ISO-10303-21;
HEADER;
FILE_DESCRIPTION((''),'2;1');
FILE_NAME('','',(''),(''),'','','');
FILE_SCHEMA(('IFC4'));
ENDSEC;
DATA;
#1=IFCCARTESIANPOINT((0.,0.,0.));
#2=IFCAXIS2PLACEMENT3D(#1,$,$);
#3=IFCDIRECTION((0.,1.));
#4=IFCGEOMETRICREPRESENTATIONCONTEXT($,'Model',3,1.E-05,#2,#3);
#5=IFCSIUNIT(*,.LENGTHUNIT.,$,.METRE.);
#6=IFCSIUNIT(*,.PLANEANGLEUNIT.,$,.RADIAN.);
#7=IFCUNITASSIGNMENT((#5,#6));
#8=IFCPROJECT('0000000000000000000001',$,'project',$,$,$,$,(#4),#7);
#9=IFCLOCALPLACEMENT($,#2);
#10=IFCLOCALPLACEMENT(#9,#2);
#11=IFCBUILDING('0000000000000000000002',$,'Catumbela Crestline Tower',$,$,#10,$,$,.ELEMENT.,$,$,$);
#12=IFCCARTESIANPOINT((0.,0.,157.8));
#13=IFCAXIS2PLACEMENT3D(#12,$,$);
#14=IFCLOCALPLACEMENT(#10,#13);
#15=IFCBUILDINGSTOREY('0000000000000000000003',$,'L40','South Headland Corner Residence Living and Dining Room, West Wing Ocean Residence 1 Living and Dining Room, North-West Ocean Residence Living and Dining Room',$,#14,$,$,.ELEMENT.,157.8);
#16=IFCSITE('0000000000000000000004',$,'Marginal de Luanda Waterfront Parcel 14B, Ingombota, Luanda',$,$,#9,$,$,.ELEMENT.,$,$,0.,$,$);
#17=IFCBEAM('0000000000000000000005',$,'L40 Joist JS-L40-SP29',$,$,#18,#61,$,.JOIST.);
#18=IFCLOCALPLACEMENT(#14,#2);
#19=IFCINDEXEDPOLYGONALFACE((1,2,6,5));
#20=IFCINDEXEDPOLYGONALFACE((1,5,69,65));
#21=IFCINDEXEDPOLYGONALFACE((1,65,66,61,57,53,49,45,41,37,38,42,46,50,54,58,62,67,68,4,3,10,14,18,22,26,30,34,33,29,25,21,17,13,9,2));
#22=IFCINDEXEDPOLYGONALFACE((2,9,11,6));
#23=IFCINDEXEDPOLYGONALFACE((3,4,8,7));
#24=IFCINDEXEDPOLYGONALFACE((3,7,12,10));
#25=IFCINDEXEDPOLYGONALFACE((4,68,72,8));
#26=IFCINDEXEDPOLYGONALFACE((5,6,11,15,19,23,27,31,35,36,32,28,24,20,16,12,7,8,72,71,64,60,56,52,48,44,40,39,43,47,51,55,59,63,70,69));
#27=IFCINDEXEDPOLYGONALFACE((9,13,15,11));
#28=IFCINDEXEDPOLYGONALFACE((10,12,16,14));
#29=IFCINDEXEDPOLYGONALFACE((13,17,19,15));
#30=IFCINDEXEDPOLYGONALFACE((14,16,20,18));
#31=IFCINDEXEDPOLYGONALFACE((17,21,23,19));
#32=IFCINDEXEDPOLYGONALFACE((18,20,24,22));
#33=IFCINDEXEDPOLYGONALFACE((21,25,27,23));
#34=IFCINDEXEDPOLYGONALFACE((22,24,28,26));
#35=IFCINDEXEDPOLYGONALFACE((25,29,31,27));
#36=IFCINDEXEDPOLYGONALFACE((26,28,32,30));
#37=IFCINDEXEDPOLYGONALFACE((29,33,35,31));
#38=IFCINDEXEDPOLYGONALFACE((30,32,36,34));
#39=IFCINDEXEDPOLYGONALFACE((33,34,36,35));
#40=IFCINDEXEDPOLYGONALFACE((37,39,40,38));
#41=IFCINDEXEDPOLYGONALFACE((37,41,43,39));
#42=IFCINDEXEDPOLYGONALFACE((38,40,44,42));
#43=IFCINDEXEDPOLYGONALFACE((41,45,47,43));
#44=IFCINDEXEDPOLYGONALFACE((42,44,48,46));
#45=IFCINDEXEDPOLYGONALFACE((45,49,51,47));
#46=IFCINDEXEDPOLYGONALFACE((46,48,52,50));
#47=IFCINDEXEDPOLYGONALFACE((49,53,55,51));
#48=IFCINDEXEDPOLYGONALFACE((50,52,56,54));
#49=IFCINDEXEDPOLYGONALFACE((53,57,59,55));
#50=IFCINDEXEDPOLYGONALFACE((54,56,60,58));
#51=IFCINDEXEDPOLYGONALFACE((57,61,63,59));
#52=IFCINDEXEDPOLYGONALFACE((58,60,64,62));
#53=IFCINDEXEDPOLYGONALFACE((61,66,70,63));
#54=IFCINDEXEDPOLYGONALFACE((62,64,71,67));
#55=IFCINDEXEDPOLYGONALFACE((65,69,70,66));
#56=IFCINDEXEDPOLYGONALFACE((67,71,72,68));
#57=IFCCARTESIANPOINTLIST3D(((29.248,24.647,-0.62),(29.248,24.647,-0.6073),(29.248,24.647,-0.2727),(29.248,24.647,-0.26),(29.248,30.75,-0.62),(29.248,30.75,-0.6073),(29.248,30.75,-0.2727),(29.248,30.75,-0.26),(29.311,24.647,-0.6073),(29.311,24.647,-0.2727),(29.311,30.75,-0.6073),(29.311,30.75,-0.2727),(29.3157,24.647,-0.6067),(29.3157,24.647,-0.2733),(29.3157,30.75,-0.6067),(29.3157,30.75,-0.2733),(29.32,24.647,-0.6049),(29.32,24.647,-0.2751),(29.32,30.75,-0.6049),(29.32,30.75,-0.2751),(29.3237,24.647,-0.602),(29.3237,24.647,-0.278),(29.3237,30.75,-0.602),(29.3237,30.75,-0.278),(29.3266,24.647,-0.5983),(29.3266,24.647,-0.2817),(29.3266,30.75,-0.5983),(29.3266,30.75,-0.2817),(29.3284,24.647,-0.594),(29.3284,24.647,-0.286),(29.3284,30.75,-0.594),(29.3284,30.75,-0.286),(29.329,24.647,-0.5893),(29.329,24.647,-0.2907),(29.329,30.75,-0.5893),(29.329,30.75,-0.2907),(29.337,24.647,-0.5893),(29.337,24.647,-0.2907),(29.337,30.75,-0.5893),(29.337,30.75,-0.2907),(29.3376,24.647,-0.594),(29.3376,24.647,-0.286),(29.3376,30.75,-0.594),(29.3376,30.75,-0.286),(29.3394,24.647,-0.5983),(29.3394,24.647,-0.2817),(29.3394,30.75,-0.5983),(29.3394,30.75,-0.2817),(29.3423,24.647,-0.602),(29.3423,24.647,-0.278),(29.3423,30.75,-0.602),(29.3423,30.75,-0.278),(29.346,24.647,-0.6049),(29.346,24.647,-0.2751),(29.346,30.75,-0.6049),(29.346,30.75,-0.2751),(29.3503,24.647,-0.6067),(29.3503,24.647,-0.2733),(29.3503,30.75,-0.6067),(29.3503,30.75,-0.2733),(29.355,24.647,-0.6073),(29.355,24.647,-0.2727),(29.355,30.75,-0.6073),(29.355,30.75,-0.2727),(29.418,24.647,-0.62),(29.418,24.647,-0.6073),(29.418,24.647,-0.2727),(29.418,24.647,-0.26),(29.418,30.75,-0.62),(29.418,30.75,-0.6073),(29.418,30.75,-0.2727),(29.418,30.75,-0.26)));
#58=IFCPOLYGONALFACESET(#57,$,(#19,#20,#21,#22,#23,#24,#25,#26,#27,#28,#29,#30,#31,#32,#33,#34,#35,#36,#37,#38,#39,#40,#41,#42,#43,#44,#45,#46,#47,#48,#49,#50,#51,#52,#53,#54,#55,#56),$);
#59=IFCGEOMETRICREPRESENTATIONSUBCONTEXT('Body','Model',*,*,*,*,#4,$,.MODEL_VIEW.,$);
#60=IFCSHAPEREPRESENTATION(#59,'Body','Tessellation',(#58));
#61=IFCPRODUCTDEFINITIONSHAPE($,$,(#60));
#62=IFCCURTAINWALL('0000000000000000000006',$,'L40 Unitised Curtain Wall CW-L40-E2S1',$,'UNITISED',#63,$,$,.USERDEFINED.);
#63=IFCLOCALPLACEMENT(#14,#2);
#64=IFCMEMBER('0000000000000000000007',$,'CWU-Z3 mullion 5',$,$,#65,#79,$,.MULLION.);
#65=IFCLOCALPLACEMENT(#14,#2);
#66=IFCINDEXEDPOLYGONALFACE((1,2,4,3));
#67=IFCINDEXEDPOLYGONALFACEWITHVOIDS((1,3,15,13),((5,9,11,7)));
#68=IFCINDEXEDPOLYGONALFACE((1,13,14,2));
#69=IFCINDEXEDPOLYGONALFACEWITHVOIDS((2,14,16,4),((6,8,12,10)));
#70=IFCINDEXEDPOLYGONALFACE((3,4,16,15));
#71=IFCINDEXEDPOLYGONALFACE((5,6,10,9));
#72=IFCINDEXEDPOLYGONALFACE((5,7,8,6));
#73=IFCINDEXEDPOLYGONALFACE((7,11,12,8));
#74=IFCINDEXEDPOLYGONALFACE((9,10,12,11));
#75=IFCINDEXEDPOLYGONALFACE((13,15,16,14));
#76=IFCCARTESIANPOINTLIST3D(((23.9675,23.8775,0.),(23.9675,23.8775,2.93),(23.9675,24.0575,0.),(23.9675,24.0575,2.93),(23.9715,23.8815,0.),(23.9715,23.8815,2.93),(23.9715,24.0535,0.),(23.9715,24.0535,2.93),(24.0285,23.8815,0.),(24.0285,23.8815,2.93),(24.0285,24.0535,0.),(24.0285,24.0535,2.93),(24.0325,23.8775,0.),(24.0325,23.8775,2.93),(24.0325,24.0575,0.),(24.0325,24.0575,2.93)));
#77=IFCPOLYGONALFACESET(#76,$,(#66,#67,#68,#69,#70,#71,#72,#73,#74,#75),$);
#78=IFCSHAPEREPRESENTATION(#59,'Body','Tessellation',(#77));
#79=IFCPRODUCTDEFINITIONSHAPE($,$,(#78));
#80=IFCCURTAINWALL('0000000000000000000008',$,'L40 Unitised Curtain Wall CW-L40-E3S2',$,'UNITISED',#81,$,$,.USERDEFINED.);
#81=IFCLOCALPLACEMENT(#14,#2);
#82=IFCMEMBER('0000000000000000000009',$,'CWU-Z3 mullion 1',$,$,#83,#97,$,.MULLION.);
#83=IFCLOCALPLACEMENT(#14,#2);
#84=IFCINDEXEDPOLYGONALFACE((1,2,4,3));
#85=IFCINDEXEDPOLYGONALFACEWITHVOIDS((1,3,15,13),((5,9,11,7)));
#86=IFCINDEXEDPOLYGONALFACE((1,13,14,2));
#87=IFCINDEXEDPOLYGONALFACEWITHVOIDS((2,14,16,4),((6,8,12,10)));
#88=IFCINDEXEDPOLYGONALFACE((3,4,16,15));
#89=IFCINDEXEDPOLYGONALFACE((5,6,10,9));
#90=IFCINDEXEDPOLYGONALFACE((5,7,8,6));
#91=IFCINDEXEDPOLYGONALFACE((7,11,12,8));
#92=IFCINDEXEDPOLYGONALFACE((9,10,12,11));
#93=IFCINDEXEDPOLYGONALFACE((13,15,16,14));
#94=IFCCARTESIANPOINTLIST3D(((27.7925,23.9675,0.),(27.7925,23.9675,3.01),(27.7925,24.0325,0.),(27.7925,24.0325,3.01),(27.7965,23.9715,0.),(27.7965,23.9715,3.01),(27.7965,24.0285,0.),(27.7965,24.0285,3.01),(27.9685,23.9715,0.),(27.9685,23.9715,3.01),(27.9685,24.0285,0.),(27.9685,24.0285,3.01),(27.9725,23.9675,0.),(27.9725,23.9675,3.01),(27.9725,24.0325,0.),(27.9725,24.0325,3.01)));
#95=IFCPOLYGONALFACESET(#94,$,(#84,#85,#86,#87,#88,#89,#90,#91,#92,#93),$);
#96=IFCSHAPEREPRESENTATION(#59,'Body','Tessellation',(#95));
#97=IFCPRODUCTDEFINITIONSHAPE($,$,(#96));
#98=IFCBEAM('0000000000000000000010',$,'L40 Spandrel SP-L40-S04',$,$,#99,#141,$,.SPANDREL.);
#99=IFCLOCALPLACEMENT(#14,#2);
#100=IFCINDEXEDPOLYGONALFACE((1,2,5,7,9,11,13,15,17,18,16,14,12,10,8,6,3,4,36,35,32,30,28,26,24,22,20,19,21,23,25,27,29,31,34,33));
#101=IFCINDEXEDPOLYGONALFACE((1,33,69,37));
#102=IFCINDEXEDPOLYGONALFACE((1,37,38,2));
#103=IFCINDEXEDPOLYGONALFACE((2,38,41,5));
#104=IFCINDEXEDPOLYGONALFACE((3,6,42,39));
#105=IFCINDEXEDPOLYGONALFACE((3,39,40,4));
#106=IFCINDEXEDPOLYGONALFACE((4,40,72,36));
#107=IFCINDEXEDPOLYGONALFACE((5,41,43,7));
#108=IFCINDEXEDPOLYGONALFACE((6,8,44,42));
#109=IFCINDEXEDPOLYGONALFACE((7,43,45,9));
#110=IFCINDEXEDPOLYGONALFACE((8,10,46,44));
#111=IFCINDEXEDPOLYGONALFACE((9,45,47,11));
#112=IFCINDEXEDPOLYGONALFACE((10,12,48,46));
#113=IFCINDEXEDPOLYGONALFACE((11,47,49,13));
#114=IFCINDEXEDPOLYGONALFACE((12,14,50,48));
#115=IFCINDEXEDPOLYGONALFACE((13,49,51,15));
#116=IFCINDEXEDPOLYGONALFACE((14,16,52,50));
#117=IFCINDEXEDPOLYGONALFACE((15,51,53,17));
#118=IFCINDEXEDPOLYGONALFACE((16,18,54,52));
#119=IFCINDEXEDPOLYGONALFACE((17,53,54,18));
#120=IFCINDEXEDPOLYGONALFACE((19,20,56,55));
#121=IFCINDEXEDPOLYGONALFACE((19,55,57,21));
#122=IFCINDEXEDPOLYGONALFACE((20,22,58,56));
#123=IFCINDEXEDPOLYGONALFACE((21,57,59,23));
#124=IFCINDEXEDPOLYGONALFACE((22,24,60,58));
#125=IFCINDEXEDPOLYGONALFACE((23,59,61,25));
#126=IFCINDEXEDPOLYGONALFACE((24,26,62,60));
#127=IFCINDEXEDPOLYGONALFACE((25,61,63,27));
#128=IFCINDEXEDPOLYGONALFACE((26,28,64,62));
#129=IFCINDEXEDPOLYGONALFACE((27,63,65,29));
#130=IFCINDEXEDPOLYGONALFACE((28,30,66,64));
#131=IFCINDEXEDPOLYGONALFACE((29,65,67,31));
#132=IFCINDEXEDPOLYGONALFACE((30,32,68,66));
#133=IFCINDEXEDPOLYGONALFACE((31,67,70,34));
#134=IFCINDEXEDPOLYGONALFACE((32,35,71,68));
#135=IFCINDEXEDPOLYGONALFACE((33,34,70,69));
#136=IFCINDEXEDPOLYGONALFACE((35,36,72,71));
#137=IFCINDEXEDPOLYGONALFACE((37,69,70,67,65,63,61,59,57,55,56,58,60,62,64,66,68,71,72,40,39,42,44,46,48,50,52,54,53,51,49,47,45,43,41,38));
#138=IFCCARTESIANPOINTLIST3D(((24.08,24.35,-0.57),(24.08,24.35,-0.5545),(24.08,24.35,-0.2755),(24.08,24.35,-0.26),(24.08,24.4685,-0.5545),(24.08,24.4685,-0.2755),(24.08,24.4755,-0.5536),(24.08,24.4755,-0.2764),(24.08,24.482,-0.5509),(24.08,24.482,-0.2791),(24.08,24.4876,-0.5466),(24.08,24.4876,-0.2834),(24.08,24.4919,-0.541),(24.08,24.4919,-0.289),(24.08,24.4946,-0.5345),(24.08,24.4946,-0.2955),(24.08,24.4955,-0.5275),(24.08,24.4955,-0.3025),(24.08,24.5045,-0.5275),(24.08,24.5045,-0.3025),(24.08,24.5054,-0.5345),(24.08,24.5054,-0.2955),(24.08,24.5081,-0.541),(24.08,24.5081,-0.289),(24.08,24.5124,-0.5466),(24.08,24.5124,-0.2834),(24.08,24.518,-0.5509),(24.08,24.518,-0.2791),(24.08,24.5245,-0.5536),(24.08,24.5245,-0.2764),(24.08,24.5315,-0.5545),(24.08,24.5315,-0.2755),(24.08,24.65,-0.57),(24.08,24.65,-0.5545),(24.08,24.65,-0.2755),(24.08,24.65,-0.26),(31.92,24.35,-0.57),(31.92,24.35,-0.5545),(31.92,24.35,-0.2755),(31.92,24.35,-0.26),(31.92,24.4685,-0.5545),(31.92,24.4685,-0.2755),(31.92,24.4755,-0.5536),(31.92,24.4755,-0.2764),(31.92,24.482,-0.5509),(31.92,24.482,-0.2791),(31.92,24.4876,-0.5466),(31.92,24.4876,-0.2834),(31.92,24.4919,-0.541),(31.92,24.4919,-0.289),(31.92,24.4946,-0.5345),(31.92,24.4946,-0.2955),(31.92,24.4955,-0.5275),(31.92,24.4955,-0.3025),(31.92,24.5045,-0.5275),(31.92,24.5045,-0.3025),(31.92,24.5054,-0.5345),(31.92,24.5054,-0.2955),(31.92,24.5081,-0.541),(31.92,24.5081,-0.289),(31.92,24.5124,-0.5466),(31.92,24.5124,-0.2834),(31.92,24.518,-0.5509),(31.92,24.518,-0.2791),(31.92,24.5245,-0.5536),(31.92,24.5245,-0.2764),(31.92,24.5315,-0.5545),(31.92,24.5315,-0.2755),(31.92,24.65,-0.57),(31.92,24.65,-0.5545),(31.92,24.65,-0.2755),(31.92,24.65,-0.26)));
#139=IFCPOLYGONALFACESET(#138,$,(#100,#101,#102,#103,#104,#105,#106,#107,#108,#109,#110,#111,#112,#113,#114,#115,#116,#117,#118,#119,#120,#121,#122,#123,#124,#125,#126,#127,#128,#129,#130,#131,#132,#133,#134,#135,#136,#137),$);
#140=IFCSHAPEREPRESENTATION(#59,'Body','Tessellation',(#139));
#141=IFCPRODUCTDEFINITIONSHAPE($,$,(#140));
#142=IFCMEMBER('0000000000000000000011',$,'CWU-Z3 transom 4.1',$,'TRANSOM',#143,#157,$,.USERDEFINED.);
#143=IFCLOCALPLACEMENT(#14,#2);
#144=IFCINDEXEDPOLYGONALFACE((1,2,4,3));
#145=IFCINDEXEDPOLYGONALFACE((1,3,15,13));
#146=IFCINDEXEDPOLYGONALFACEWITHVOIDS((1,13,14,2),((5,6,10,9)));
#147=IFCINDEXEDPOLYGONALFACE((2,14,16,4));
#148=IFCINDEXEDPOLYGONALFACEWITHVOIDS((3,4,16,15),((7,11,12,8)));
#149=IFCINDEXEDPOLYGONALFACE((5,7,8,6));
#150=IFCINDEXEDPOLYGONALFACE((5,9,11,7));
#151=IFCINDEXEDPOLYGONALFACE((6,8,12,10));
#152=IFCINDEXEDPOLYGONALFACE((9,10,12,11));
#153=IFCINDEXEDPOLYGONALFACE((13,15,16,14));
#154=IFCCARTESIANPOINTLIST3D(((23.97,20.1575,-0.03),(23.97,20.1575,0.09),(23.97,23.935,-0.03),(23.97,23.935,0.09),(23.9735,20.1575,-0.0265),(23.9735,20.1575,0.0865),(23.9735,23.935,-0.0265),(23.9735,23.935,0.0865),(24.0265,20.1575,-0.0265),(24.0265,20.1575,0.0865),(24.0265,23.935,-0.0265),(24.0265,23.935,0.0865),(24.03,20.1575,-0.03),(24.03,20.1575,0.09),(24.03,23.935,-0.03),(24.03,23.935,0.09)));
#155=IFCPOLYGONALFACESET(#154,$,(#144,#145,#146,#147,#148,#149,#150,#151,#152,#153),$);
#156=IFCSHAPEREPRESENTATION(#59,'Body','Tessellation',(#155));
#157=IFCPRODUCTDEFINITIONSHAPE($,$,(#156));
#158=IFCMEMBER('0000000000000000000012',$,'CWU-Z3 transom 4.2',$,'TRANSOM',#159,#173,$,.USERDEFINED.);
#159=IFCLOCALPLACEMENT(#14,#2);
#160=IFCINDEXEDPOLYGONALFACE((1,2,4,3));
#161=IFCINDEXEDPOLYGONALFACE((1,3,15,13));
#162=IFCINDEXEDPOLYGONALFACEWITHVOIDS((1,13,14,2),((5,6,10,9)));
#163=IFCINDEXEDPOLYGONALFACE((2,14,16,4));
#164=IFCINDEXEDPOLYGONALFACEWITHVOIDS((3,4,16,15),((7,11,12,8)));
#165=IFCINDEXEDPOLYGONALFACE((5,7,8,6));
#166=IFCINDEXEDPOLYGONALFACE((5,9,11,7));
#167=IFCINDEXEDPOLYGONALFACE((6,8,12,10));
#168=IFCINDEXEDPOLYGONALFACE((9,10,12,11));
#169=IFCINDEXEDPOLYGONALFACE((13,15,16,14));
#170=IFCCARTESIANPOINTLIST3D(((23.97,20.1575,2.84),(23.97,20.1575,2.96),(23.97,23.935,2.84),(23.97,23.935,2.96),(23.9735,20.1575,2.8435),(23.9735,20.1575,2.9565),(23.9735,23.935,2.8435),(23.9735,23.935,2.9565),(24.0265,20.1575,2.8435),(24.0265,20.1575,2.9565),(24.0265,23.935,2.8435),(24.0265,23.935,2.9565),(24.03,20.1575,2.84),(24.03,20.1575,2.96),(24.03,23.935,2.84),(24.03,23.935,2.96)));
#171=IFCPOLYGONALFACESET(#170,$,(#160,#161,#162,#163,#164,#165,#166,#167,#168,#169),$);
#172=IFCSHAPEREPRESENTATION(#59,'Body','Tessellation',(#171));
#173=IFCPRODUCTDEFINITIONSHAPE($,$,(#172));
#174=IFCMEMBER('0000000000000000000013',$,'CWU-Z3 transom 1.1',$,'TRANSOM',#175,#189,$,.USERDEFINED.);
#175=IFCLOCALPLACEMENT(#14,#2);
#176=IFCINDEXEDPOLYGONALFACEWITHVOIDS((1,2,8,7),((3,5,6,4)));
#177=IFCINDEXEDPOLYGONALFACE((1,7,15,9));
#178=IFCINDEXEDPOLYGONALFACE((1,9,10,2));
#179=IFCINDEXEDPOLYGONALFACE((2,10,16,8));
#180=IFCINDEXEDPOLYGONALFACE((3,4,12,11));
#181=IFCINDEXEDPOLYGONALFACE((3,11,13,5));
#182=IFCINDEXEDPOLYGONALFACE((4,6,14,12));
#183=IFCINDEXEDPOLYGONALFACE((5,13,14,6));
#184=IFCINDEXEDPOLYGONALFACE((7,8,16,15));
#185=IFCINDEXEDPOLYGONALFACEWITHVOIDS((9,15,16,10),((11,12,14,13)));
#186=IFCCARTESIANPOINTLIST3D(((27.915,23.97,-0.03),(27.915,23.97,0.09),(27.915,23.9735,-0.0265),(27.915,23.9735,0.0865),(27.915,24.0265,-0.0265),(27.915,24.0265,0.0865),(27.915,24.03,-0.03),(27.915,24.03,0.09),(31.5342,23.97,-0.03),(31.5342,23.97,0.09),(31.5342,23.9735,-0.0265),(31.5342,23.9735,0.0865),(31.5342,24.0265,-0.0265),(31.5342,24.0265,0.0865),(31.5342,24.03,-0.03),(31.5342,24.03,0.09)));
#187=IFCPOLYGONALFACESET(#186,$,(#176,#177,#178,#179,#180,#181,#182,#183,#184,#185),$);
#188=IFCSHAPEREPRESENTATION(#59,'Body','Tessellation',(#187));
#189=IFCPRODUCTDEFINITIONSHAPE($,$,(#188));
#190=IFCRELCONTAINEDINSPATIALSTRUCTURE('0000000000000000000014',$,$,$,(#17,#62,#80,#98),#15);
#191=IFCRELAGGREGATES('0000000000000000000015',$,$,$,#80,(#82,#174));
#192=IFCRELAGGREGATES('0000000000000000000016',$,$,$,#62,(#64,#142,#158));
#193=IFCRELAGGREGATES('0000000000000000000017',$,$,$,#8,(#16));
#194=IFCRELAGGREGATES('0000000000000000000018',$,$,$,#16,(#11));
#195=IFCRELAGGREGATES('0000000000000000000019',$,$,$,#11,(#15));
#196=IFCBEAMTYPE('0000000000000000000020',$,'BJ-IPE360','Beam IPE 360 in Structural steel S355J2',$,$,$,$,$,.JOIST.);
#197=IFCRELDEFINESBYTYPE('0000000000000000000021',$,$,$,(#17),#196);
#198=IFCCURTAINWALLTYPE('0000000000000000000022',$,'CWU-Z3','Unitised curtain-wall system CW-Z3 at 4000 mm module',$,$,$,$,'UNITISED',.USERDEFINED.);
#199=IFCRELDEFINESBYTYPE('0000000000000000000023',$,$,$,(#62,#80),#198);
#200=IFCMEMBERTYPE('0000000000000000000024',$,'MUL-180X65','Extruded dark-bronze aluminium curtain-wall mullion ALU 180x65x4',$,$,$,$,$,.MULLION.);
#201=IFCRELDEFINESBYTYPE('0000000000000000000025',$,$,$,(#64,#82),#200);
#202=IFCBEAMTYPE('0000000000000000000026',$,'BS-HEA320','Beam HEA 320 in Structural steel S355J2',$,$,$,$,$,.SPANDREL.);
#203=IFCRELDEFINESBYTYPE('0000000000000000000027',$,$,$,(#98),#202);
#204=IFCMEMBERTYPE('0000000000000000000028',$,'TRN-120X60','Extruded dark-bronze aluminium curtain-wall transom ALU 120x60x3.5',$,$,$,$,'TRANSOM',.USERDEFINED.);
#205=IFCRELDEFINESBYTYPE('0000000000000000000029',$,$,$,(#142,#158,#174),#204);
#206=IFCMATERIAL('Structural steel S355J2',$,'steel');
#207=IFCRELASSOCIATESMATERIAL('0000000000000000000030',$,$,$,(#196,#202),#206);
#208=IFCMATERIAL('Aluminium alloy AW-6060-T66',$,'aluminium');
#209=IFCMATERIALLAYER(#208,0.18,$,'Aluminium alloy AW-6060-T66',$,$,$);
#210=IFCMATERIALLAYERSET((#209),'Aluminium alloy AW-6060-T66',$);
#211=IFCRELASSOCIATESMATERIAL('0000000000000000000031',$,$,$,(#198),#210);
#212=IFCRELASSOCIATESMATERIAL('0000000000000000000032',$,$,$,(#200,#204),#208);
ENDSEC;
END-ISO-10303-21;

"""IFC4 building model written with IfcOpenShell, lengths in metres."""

from ifc_helpers import new_model, si_unit, direction, frame, origin, origin_2d, place, context, subcontext, project, spatial, hollow_rectangle, i_section, extrude, material, layer, layer_set, material_profile, profile_set, type_object, element, aggregate, save


model = new_model("IFC4")

# Units and contexts
model_context = context("Model", 3, precision=1e-05, world=origin(), true_north=direction((0.0, 1.0)))
body_context = subcontext(model_context, "Body", "Model", "MODEL_VIEW")
ifc_project = project(units=[si_unit("LENGTHUNIT", "METRE"), si_unit("PLANEANGLEUNIT", "RADIAN")], contexts=[model_context])

# Site, building, storey
site_placement = place(None, origin())
site = spatial("IfcSite", under=ifc_project, at=site_placement, Name="Marginal de Luanda Waterfront Parcel 14B, Ingombota, Luanda", CompositionType="ELEMENT", RefElevation=0.0)
building_placement = place(site_placement, origin())
building = spatial("IfcBuilding", under=site, at=building_placement, Name="Catumbela Crestline Tower", CompositionType="ELEMENT")
storey_placement = place(building_placement, frame((0.0, 0.0, 157.8)))
storey = spatial("IfcBuildingStorey", under=building, at=storey_placement, Name="L40", Description="South Headland Corner Residence Living and Dining Room, West Wing Ocean Residence 1 Living and Dining Room, North-West Ocean Residence Living and Dining Room", CompositionType="ELEMENT", Elevation=157.8)

# Beam
ifc_material_1 = material(Name="Structural steel S355J2", Category="steel")
ifc_material_profile_1 = material_profile(ifc_material_1, i_section(OverallWidth=0.17, OverallDepth=0.36, WebThickness=0.008, FlangeThickness=0.0127, FilletRadius=0.018, at=origin_2d()), Name="IPE 360")
ifc_profile_set_1 = profile_set([ifc_material_profile_1], Name="Structural steel S355J2")
beam_type_1 = type_object("IfcBeamType", Name="BJ-IPE360", Description="Beam IPE 360 in Structural steel S355J2", PredefinedType="JOIST", material=ifc_profile_set_1)
for number, where, z_axis, x_axis, name in (
    (1, (29.333, 24.647, -0.44), (0.0, 1.0, 0.0), (-1.0, 0.0, 0.0), "L40 Joist JS-L40-SP29"),
):
    element("IfcBeam", number, at=place(storey_placement, frame(where, z_axis=z_axis, x_axis=x_axis)), inside=storey, type_object=beam_type_1, Name=name, PredefinedType="JOIST", context=body_context, shape_type="SweptSolid", body=[
        extrude(i_section(OverallWidth=0.17, OverallDepth=0.36, WebThickness=0.008, FlangeThickness=0.0127, FilletRadius=0.018, at=origin_2d()), origin(), (0.0, 0.0, 1.0), 6.103),
    ])

# Curtain walls, members
ifc_material_2 = material(Name="Aluminium alloy AW-6060-T66", Category="aluminium")
ifc_layer_1 = layer(ifc_material_2, 0.18, Name="Aluminium alloy AW-6060-T66")
ifc_layer_set_1 = layer_set([ifc_layer_1], Name="Aluminium alloy AW-6060-T66")
curtain_wall_type = type_object("IfcCurtainWallType", Name="CWU-Z3", Description="Unitised curtain-wall system CW-Z3 at 4000 mm module", ElementType="UNITISED", PredefinedType="USERDEFINED", material=ifc_layer_set_1)
curtain_wall_1_placement = place(storey_placement, origin())
curtain_wall_1 = element("IfcCurtainWall", 2, at=curtain_wall_1_placement, inside=storey, type_object=curtain_wall_type, Name="L40 Unitised Curtain Wall CW-L40-E2S1", ObjectType="UNITISED", PredefinedType="USERDEFINED")
ifc_material_profile_2 = material_profile(ifc_material_2, hollow_rectangle(XDim=0.065, YDim=0.18, WallThickness=0.004, at=origin_2d()), Name="ALU 180x65x4")
ifc_profile_set_2 = profile_set([ifc_material_profile_2], Name="Aluminium alloy AW-6060-T66")
member_type_1 = type_object("IfcMemberType", Name="MUL-180X65", Description="Extruded dark-bronze aluminium curtain-wall mullion ALU 180x65x4", PredefinedType="MULLION", material=ifc_profile_set_2)
member_1_placement = place(storey_placement, frame((24.0, 23.9675, 0.0), z_axis=(0.0, 0.0, 1.0), x_axis=(-1.0, 0.0, 0.0)))
member_1 = element("IfcMember", 3, at=member_1_placement, type_object=member_type_1, Name="CWU-Z3 mullion 5", PredefinedType="MULLION", context=body_context, shape_type="SweptSolid", body=[
    extrude(hollow_rectangle(XDim=0.065, YDim=0.18, WallThickness=0.004, at=origin_2d()), origin(), (0.0, 0.0, 1.0), 2.93),
])
curtain_wall_2_placement = place(storey_placement, origin())
curtain_wall_2 = element("IfcCurtainWall", 4, at=curtain_wall_2_placement, inside=storey, type_object=curtain_wall_type, Name="L40 Unitised Curtain Wall CW-L40-E3S2", ObjectType="UNITISED", PredefinedType="USERDEFINED")
member_2_placement = place(storey_placement, frame((27.8825, 24.0, 0.0), z_axis=(0.0, 0.0, 1.0), x_axis=(0.0, 1.0, 0.0)))
member_2 = element("IfcMember", 5, at=member_2_placement, type_object=member_type_1, Name="CWU-Z3 mullion 1", PredefinedType="MULLION", context=body_context, shape_type="SweptSolid", body=[
    extrude(hollow_rectangle(XDim=0.065, YDim=0.18, WallThickness=0.004, at=origin_2d()), origin(), (0.0, 0.0, 1.0), 3.01),
])

# Beam
ifc_material_profile_3 = material_profile(ifc_material_1, i_section(OverallWidth=0.3, OverallDepth=0.31, WebThickness=0.009, FlangeThickness=0.0155, FilletRadius=0.027, at=origin_2d()), Name="HEA 320")
ifc_profile_set_3 = profile_set([ifc_material_profile_3], Name="Structural steel S355J2")
beam_type_2 = type_object("IfcBeamType", Name="BS-HEA320", Description="Beam HEA 320 in Structural steel S355J2", PredefinedType="SPANDREL", material=ifc_profile_set_3)
beam_1_placement = place(storey_placement, frame((24.08, 24.5, -0.415), z_axis=(1.0, 0.0, 0.0), x_axis=(0.0, 1.0, 0.0)))
element("IfcBeam", 6, at=beam_1_placement, inside=storey, type_object=beam_type_2, Name="L40 Spandrel SP-L40-S04", PredefinedType="SPANDREL", context=body_context, shape_type="SweptSolid", body=[
    extrude(i_section(OverallWidth=0.3, OverallDepth=0.31, WebThickness=0.009, FlangeThickness=0.0155, FilletRadius=0.027, at=origin_2d()), origin(), (0.0, 0.0, 1.0), 7.84),
])

# Members
ifc_material_profile_4 = material_profile(ifc_material_2, hollow_rectangle(XDim=0.06, YDim=0.12, WallThickness=0.0035, at=origin_2d()), Name="ALU 120x60x3.5")
ifc_profile_set_4 = profile_set([ifc_material_profile_4], Name="Aluminium alloy AW-6060-T66")
member_type_2 = type_object("IfcMemberType", Name="TRN-120X60", Description="Extruded dark-bronze aluminium curtain-wall transom ALU 120x60x3.5", ElementType="TRANSOM", PredefinedType="USERDEFINED", material=ifc_profile_set_4)
member_3_placement = place(storey_placement, frame((24.0, 20.1575, 0.03), z_axis=(0.0, 1.0, 0.0), x_axis=(-1.0, 0.0, 0.0)))
member_3 = element("IfcMember", 7, at=member_3_placement, type_object=member_type_2, Name="CWU-Z3 transom 4.1", ObjectType="TRANSOM", PredefinedType="USERDEFINED", context=body_context, shape_type="SweptSolid", body=[
    extrude(hollow_rectangle(XDim=0.06, YDim=0.12, WallThickness=0.0035, at=origin_2d()), origin(), (0.0, 0.0, 1.0), 3.7775),
])
member_4_placement = place(storey_placement, frame((24.0, 20.1575, 2.9), z_axis=(0.0, 1.0, 0.0), x_axis=(-1.0, 0.0, 0.0)))
member_4 = element("IfcMember", 8, at=member_4_placement, type_object=member_type_2, Name="CWU-Z3 transom 4.2", ObjectType="TRANSOM", PredefinedType="USERDEFINED", context=body_context, shape_type="SweptSolid", body=[
    extrude(hollow_rectangle(XDim=0.06, YDim=0.12, WallThickness=0.0035, at=origin_2d()), origin(), (0.0, 0.0, 1.0), 3.7775),
])
member_5_placement = place(storey_placement, frame((27.915, 24.0, 0.03), z_axis=(1.0, 0.0, 0.0), x_axis=(0.0, 1.0, 0.0)))
member_5 = element("IfcMember", 9, at=member_5_placement, type_object=member_type_2, Name="CWU-Z3 transom 1.1", ObjectType="TRANSOM", PredefinedType="USERDEFINED", context=body_context, shape_type="SweptSolid", body=[
    extrude(hollow_rectangle(XDim=0.06, YDim=0.12, WallThickness=0.0035, at=origin_2d()), origin(), (0.0, 0.0, 1.0), 3.6192),
])
aggregate(curtain_wall_2, [member_2, member_5])

aggregate(curtain_wall_1, [member_1, member_3, member_4])

save(model, "model.ifc")
